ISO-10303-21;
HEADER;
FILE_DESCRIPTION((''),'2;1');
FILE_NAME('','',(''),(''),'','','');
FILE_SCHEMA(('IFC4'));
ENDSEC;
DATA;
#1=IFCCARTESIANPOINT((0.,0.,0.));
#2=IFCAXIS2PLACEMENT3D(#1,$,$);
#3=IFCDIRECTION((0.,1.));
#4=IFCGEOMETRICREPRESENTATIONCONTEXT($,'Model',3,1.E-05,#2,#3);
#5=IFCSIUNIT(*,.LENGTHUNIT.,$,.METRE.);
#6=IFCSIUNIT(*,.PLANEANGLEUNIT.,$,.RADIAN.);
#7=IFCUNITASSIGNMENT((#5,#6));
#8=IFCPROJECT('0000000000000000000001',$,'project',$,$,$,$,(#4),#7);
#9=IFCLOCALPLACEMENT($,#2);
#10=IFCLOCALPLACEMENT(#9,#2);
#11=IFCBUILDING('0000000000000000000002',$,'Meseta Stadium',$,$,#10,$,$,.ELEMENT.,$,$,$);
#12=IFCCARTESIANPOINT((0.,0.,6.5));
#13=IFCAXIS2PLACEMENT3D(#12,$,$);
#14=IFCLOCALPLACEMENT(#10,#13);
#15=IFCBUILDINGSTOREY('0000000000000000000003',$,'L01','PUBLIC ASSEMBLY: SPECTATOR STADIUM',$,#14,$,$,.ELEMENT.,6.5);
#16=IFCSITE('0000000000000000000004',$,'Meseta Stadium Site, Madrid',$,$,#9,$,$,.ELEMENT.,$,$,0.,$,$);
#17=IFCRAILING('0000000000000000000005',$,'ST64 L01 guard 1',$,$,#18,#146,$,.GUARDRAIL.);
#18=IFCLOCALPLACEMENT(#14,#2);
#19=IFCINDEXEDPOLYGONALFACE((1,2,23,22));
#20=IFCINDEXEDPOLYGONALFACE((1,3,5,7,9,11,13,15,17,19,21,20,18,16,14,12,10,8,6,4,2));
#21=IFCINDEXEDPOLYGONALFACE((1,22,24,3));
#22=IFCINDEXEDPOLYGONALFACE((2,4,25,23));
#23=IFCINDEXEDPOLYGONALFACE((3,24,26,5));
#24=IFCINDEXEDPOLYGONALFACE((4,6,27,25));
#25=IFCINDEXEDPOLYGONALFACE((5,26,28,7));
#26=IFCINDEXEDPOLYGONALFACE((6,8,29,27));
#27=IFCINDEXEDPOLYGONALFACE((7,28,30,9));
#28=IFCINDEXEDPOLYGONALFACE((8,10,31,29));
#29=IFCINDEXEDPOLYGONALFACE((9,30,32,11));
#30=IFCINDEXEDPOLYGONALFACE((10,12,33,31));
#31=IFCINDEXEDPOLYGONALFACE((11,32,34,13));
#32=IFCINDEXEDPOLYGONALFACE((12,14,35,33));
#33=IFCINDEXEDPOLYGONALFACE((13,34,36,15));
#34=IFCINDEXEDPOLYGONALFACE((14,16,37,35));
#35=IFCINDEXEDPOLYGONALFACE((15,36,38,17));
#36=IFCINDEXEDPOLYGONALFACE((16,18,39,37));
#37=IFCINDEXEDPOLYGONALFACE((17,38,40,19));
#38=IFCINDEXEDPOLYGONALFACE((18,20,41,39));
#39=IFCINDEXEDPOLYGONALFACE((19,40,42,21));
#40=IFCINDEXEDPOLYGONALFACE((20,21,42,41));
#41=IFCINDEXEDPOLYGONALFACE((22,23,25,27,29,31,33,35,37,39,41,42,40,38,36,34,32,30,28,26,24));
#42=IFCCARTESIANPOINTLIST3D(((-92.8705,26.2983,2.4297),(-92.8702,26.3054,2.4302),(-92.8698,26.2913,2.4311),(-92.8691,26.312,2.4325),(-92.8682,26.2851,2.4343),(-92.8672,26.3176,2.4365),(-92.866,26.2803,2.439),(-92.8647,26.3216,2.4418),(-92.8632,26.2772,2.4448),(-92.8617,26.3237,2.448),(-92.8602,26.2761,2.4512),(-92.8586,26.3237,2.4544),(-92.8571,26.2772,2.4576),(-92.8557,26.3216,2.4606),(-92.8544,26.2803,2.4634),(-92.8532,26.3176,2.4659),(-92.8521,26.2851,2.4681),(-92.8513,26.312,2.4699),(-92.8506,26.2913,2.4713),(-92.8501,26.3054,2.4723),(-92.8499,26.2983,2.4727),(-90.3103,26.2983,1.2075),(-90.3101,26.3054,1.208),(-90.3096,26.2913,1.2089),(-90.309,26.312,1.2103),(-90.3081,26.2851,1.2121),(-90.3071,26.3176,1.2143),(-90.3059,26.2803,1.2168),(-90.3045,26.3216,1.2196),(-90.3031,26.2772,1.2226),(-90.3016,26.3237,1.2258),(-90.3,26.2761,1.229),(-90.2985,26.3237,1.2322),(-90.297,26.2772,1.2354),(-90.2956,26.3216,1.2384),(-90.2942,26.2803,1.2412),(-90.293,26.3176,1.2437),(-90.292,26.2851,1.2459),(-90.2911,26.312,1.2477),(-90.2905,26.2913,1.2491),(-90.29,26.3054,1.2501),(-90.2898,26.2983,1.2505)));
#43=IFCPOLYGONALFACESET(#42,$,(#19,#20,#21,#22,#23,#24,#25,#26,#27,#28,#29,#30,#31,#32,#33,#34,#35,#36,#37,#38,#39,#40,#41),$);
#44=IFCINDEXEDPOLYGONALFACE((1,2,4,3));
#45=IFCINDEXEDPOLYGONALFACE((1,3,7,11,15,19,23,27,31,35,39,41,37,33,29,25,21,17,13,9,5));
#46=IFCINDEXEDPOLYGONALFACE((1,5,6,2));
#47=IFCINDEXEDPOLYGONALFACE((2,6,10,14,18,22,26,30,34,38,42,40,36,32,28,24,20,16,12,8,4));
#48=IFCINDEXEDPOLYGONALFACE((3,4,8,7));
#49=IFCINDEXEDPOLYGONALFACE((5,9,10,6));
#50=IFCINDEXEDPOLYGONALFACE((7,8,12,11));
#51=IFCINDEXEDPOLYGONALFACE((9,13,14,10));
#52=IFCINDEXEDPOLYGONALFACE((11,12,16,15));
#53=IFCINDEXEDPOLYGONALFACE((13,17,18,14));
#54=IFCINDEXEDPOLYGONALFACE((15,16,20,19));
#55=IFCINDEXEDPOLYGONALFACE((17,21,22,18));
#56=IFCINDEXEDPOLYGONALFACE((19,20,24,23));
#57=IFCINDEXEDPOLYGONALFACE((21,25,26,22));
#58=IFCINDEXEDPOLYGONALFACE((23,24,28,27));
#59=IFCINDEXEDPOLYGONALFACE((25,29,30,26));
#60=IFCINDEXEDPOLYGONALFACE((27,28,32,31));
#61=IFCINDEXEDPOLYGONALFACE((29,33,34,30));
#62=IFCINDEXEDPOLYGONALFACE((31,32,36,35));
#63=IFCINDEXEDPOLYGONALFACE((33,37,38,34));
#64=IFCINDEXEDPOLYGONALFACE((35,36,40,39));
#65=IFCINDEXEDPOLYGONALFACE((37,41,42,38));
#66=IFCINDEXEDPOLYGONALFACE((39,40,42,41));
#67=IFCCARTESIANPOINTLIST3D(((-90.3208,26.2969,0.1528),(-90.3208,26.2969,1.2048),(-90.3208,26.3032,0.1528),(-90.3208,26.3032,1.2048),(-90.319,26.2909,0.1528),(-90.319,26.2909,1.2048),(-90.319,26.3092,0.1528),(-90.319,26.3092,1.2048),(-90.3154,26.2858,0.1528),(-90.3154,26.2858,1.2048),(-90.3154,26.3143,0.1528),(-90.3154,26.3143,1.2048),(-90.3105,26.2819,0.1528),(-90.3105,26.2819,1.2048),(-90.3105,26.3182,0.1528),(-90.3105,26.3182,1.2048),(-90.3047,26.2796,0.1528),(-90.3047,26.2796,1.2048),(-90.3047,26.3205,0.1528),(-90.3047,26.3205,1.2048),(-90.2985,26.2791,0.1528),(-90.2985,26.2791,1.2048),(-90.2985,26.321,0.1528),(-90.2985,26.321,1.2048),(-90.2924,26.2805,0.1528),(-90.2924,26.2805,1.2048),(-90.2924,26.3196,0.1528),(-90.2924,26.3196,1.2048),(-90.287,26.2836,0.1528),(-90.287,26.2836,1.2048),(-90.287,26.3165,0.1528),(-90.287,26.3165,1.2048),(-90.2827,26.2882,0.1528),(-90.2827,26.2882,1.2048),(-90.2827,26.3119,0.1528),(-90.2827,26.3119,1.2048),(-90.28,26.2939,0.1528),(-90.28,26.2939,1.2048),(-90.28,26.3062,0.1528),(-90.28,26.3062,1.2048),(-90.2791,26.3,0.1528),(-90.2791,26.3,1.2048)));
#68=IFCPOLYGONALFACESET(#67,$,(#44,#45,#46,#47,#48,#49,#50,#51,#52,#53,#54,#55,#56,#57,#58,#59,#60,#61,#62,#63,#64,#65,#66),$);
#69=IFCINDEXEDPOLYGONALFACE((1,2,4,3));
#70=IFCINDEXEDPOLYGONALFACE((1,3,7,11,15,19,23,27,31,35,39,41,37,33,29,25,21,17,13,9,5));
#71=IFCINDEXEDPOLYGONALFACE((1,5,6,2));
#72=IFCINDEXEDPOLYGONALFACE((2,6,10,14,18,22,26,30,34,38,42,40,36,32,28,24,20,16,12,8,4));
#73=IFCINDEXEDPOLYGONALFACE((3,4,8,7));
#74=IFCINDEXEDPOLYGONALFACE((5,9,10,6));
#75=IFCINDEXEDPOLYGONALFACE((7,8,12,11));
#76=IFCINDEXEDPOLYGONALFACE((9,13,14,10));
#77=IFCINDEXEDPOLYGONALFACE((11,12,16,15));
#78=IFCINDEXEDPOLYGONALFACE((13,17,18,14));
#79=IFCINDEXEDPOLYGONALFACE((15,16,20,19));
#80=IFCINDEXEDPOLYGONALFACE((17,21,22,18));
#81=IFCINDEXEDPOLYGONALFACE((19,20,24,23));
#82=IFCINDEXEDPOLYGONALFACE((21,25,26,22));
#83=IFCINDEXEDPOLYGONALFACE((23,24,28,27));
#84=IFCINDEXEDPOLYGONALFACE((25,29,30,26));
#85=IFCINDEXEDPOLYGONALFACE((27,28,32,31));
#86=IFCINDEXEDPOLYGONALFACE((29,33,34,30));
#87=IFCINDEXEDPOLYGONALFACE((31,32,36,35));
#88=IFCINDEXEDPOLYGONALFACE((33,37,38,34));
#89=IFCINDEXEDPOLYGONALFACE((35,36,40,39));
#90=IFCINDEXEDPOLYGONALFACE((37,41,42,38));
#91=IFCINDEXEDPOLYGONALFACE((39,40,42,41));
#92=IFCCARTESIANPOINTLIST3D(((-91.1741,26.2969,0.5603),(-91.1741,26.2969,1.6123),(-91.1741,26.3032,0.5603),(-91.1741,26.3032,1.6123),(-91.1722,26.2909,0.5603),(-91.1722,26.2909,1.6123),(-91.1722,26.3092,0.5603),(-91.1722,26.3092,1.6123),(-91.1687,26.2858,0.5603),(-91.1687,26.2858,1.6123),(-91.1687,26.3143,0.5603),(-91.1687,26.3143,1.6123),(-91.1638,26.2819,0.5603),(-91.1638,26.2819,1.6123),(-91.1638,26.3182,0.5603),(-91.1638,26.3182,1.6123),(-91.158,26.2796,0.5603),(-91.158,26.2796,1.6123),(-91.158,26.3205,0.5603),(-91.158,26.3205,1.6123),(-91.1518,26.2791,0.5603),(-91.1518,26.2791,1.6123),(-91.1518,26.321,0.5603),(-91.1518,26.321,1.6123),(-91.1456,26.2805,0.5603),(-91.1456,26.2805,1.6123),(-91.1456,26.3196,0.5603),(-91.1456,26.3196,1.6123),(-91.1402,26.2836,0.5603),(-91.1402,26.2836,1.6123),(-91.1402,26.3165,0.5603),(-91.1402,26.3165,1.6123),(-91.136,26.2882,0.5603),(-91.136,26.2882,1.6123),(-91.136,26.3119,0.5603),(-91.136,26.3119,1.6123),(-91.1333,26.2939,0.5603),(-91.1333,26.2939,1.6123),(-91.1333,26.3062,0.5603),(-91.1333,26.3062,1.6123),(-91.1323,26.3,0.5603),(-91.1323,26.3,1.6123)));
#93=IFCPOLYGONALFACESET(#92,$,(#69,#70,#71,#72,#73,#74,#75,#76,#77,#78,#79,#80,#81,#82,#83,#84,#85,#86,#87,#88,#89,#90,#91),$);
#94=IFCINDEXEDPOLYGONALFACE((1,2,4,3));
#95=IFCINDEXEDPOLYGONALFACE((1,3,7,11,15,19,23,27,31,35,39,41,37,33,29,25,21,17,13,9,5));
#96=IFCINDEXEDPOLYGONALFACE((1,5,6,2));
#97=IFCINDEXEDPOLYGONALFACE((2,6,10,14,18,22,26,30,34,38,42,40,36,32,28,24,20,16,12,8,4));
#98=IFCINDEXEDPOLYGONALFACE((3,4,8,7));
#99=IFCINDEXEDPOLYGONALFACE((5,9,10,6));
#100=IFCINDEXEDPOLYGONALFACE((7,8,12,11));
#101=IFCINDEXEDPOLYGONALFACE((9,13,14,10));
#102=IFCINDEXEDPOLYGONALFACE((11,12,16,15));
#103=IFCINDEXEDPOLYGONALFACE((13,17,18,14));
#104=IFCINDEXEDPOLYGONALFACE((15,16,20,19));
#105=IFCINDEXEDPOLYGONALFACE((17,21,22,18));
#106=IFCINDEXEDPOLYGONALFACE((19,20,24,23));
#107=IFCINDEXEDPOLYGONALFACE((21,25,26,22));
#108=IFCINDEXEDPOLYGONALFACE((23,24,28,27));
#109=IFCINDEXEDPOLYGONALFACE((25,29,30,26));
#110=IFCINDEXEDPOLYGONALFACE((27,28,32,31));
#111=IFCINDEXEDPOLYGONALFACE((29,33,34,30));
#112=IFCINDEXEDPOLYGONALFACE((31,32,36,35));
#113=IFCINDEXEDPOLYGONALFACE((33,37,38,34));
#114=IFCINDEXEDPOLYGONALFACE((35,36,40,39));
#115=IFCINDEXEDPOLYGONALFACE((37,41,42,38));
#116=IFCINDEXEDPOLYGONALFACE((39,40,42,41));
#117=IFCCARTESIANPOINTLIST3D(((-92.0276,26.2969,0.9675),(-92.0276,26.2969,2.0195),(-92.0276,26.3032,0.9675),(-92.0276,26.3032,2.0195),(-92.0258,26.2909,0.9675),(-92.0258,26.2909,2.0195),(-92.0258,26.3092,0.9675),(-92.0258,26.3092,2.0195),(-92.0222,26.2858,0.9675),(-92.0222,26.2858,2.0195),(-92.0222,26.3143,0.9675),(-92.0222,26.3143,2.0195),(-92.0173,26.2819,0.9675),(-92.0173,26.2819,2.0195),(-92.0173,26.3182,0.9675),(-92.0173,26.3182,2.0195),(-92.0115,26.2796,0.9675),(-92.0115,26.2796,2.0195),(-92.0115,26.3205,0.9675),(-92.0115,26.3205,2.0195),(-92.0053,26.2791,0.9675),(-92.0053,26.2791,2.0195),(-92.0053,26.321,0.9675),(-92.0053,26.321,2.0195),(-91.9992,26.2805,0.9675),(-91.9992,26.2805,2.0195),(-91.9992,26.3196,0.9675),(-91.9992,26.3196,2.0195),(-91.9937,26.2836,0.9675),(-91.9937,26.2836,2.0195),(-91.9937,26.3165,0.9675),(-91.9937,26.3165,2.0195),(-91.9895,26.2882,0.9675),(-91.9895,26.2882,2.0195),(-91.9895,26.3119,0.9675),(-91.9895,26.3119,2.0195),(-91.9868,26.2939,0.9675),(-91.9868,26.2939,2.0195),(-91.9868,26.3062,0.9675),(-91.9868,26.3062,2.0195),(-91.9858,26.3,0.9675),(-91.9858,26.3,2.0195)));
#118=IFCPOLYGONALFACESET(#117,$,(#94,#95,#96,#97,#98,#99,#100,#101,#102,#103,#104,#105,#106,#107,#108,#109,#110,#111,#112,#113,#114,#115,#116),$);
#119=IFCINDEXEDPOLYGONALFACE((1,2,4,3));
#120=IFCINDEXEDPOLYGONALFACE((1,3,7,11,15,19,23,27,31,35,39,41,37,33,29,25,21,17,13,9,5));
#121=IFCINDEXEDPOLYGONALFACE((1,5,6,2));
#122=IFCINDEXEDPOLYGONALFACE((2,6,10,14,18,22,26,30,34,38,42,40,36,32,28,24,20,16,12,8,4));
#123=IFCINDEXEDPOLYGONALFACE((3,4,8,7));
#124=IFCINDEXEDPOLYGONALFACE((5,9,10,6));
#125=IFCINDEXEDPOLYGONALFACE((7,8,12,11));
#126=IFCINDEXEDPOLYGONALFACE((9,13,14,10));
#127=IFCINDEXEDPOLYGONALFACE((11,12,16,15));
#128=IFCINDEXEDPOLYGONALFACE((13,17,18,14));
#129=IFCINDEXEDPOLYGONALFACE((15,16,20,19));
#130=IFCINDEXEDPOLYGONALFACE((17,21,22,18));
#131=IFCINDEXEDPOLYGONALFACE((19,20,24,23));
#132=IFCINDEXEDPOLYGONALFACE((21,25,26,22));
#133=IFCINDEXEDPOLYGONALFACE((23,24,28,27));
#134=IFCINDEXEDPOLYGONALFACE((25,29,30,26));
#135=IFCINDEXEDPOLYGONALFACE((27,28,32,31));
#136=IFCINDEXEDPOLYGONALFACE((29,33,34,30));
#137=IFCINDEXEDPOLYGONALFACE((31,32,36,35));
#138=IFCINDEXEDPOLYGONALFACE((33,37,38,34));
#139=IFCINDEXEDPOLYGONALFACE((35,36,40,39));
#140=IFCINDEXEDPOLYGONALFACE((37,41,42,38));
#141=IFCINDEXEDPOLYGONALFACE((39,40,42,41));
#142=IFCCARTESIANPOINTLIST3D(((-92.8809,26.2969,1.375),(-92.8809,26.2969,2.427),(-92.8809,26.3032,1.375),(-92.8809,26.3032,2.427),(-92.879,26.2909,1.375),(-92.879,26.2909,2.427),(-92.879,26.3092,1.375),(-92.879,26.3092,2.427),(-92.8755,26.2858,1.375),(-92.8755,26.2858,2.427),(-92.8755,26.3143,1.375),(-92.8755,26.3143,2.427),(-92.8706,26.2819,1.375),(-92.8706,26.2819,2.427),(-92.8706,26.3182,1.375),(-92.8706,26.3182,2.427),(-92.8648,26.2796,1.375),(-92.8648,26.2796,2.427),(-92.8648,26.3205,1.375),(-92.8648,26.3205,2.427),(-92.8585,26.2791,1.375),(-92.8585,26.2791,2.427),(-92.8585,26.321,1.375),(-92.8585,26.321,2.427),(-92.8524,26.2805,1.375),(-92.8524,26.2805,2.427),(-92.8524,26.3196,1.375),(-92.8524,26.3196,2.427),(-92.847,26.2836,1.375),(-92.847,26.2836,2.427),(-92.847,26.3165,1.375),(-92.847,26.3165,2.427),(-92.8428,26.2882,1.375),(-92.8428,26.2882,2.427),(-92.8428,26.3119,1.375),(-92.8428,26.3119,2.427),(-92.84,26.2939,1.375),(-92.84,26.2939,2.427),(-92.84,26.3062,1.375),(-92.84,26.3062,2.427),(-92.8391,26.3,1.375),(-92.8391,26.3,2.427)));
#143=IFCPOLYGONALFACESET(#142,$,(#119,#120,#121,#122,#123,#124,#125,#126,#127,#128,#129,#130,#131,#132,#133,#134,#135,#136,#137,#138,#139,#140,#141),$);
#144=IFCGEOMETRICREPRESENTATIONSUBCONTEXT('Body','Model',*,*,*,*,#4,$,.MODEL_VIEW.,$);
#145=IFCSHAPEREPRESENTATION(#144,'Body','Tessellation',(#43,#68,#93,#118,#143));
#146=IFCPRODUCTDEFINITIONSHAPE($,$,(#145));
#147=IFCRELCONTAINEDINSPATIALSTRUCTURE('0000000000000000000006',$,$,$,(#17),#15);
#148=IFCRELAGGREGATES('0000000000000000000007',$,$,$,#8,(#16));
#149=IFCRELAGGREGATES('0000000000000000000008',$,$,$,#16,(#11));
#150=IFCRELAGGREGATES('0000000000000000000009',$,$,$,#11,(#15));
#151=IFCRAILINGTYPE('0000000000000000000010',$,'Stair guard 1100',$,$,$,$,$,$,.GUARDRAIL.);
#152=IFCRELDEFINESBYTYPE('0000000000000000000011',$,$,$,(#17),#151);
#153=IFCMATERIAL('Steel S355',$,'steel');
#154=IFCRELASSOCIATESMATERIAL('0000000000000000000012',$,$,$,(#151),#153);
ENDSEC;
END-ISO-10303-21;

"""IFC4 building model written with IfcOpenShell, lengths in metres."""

from ifc_helpers import new_model, si_unit, direction, frame, origin, origin_2d, place, context, subcontext, project, spatial, circle, extrude, material, type_object, element, save


model = new_model("IFC4")

# Units and contexts
model_context = context("Model", 3, precision=1e-05, world=origin(), true_north=direction((0.0, 1.0)))
body_context = subcontext(model_context, "Body", "Model", "MODEL_VIEW")
ifc_project = project(units=[si_unit("LENGTHUNIT", "METRE"), si_unit("PLANEANGLEUNIT", "RADIAN")], contexts=[model_context])

# Site, building, storey
site_placement = place(None, origin())
site = spatial("IfcSite", under=ifc_project, at=site_placement, Name="Meseta Stadium Site, Madrid", CompositionType="ELEMENT", RefElevation=0.0)
building_placement = place(site_placement, origin())
building = spatial("IfcBuilding", under=site, at=building_placement, Name="Meseta Stadium", CompositionType="ELEMENT")
storey_placement = place(building_placement, frame((0.0, 0.0, 6.5)))
storey = spatial("IfcBuildingStorey", under=building, at=storey_placement, Name="L01", Description="PUBLIC ASSEMBLY: SPECTATOR STADIUM", CompositionType="ELEMENT", Elevation=6.5)

# Railing
ifc_material_1 = material(Name="Steel S355", Category="steel")
railing_type_1 = type_object("IfcRailingType", Name="Stair guard 1100", PredefinedType="GUARDRAIL", material=ifc_material_1)
railing_1_placement = place(storey_placement, frame((-90.3, 26.3, 0.1528)))
element("IfcRailing", 1, at=railing_1_placement, inside=storey, type_object=railing_type_1, Name="ST64 L01 guard 1", PredefinedType="GUARDRAIL", context=body_context, shape_type="SweptSolid", body=[
    extrude(circle(Radius=0.0239, at=origin_2d()), frame((0.0, 0.0, 1.0762), z_axis=(-0.902437, 0.0, 0.430822), x_axis=(0.0, -1.0, 0.0)), (0.0, 0.0, 1.0), 2.8369),
    extrude(circle(Radius=0.021, at=origin_2d()), origin(), (0.0, 0.0, 1.0), 1.052),
    extrude(circle(Radius=0.021, at=origin_2d()), frame((-0.8533, 0.0, 0.4075)), (0.0, 0.0, 1.0), 1.052),
    extrude(circle(Radius=0.021, at=origin_2d()), frame((-1.7068, 0.0, 0.8147)), (0.0, 0.0, 1.0), 1.052),
    extrude(circle(Radius=0.021, at=origin_2d()), frame((-2.5601, 0.0, 1.2222)), (0.0, 0.0, 1.0), 1.052),
])

save(model, "model.ifc")
